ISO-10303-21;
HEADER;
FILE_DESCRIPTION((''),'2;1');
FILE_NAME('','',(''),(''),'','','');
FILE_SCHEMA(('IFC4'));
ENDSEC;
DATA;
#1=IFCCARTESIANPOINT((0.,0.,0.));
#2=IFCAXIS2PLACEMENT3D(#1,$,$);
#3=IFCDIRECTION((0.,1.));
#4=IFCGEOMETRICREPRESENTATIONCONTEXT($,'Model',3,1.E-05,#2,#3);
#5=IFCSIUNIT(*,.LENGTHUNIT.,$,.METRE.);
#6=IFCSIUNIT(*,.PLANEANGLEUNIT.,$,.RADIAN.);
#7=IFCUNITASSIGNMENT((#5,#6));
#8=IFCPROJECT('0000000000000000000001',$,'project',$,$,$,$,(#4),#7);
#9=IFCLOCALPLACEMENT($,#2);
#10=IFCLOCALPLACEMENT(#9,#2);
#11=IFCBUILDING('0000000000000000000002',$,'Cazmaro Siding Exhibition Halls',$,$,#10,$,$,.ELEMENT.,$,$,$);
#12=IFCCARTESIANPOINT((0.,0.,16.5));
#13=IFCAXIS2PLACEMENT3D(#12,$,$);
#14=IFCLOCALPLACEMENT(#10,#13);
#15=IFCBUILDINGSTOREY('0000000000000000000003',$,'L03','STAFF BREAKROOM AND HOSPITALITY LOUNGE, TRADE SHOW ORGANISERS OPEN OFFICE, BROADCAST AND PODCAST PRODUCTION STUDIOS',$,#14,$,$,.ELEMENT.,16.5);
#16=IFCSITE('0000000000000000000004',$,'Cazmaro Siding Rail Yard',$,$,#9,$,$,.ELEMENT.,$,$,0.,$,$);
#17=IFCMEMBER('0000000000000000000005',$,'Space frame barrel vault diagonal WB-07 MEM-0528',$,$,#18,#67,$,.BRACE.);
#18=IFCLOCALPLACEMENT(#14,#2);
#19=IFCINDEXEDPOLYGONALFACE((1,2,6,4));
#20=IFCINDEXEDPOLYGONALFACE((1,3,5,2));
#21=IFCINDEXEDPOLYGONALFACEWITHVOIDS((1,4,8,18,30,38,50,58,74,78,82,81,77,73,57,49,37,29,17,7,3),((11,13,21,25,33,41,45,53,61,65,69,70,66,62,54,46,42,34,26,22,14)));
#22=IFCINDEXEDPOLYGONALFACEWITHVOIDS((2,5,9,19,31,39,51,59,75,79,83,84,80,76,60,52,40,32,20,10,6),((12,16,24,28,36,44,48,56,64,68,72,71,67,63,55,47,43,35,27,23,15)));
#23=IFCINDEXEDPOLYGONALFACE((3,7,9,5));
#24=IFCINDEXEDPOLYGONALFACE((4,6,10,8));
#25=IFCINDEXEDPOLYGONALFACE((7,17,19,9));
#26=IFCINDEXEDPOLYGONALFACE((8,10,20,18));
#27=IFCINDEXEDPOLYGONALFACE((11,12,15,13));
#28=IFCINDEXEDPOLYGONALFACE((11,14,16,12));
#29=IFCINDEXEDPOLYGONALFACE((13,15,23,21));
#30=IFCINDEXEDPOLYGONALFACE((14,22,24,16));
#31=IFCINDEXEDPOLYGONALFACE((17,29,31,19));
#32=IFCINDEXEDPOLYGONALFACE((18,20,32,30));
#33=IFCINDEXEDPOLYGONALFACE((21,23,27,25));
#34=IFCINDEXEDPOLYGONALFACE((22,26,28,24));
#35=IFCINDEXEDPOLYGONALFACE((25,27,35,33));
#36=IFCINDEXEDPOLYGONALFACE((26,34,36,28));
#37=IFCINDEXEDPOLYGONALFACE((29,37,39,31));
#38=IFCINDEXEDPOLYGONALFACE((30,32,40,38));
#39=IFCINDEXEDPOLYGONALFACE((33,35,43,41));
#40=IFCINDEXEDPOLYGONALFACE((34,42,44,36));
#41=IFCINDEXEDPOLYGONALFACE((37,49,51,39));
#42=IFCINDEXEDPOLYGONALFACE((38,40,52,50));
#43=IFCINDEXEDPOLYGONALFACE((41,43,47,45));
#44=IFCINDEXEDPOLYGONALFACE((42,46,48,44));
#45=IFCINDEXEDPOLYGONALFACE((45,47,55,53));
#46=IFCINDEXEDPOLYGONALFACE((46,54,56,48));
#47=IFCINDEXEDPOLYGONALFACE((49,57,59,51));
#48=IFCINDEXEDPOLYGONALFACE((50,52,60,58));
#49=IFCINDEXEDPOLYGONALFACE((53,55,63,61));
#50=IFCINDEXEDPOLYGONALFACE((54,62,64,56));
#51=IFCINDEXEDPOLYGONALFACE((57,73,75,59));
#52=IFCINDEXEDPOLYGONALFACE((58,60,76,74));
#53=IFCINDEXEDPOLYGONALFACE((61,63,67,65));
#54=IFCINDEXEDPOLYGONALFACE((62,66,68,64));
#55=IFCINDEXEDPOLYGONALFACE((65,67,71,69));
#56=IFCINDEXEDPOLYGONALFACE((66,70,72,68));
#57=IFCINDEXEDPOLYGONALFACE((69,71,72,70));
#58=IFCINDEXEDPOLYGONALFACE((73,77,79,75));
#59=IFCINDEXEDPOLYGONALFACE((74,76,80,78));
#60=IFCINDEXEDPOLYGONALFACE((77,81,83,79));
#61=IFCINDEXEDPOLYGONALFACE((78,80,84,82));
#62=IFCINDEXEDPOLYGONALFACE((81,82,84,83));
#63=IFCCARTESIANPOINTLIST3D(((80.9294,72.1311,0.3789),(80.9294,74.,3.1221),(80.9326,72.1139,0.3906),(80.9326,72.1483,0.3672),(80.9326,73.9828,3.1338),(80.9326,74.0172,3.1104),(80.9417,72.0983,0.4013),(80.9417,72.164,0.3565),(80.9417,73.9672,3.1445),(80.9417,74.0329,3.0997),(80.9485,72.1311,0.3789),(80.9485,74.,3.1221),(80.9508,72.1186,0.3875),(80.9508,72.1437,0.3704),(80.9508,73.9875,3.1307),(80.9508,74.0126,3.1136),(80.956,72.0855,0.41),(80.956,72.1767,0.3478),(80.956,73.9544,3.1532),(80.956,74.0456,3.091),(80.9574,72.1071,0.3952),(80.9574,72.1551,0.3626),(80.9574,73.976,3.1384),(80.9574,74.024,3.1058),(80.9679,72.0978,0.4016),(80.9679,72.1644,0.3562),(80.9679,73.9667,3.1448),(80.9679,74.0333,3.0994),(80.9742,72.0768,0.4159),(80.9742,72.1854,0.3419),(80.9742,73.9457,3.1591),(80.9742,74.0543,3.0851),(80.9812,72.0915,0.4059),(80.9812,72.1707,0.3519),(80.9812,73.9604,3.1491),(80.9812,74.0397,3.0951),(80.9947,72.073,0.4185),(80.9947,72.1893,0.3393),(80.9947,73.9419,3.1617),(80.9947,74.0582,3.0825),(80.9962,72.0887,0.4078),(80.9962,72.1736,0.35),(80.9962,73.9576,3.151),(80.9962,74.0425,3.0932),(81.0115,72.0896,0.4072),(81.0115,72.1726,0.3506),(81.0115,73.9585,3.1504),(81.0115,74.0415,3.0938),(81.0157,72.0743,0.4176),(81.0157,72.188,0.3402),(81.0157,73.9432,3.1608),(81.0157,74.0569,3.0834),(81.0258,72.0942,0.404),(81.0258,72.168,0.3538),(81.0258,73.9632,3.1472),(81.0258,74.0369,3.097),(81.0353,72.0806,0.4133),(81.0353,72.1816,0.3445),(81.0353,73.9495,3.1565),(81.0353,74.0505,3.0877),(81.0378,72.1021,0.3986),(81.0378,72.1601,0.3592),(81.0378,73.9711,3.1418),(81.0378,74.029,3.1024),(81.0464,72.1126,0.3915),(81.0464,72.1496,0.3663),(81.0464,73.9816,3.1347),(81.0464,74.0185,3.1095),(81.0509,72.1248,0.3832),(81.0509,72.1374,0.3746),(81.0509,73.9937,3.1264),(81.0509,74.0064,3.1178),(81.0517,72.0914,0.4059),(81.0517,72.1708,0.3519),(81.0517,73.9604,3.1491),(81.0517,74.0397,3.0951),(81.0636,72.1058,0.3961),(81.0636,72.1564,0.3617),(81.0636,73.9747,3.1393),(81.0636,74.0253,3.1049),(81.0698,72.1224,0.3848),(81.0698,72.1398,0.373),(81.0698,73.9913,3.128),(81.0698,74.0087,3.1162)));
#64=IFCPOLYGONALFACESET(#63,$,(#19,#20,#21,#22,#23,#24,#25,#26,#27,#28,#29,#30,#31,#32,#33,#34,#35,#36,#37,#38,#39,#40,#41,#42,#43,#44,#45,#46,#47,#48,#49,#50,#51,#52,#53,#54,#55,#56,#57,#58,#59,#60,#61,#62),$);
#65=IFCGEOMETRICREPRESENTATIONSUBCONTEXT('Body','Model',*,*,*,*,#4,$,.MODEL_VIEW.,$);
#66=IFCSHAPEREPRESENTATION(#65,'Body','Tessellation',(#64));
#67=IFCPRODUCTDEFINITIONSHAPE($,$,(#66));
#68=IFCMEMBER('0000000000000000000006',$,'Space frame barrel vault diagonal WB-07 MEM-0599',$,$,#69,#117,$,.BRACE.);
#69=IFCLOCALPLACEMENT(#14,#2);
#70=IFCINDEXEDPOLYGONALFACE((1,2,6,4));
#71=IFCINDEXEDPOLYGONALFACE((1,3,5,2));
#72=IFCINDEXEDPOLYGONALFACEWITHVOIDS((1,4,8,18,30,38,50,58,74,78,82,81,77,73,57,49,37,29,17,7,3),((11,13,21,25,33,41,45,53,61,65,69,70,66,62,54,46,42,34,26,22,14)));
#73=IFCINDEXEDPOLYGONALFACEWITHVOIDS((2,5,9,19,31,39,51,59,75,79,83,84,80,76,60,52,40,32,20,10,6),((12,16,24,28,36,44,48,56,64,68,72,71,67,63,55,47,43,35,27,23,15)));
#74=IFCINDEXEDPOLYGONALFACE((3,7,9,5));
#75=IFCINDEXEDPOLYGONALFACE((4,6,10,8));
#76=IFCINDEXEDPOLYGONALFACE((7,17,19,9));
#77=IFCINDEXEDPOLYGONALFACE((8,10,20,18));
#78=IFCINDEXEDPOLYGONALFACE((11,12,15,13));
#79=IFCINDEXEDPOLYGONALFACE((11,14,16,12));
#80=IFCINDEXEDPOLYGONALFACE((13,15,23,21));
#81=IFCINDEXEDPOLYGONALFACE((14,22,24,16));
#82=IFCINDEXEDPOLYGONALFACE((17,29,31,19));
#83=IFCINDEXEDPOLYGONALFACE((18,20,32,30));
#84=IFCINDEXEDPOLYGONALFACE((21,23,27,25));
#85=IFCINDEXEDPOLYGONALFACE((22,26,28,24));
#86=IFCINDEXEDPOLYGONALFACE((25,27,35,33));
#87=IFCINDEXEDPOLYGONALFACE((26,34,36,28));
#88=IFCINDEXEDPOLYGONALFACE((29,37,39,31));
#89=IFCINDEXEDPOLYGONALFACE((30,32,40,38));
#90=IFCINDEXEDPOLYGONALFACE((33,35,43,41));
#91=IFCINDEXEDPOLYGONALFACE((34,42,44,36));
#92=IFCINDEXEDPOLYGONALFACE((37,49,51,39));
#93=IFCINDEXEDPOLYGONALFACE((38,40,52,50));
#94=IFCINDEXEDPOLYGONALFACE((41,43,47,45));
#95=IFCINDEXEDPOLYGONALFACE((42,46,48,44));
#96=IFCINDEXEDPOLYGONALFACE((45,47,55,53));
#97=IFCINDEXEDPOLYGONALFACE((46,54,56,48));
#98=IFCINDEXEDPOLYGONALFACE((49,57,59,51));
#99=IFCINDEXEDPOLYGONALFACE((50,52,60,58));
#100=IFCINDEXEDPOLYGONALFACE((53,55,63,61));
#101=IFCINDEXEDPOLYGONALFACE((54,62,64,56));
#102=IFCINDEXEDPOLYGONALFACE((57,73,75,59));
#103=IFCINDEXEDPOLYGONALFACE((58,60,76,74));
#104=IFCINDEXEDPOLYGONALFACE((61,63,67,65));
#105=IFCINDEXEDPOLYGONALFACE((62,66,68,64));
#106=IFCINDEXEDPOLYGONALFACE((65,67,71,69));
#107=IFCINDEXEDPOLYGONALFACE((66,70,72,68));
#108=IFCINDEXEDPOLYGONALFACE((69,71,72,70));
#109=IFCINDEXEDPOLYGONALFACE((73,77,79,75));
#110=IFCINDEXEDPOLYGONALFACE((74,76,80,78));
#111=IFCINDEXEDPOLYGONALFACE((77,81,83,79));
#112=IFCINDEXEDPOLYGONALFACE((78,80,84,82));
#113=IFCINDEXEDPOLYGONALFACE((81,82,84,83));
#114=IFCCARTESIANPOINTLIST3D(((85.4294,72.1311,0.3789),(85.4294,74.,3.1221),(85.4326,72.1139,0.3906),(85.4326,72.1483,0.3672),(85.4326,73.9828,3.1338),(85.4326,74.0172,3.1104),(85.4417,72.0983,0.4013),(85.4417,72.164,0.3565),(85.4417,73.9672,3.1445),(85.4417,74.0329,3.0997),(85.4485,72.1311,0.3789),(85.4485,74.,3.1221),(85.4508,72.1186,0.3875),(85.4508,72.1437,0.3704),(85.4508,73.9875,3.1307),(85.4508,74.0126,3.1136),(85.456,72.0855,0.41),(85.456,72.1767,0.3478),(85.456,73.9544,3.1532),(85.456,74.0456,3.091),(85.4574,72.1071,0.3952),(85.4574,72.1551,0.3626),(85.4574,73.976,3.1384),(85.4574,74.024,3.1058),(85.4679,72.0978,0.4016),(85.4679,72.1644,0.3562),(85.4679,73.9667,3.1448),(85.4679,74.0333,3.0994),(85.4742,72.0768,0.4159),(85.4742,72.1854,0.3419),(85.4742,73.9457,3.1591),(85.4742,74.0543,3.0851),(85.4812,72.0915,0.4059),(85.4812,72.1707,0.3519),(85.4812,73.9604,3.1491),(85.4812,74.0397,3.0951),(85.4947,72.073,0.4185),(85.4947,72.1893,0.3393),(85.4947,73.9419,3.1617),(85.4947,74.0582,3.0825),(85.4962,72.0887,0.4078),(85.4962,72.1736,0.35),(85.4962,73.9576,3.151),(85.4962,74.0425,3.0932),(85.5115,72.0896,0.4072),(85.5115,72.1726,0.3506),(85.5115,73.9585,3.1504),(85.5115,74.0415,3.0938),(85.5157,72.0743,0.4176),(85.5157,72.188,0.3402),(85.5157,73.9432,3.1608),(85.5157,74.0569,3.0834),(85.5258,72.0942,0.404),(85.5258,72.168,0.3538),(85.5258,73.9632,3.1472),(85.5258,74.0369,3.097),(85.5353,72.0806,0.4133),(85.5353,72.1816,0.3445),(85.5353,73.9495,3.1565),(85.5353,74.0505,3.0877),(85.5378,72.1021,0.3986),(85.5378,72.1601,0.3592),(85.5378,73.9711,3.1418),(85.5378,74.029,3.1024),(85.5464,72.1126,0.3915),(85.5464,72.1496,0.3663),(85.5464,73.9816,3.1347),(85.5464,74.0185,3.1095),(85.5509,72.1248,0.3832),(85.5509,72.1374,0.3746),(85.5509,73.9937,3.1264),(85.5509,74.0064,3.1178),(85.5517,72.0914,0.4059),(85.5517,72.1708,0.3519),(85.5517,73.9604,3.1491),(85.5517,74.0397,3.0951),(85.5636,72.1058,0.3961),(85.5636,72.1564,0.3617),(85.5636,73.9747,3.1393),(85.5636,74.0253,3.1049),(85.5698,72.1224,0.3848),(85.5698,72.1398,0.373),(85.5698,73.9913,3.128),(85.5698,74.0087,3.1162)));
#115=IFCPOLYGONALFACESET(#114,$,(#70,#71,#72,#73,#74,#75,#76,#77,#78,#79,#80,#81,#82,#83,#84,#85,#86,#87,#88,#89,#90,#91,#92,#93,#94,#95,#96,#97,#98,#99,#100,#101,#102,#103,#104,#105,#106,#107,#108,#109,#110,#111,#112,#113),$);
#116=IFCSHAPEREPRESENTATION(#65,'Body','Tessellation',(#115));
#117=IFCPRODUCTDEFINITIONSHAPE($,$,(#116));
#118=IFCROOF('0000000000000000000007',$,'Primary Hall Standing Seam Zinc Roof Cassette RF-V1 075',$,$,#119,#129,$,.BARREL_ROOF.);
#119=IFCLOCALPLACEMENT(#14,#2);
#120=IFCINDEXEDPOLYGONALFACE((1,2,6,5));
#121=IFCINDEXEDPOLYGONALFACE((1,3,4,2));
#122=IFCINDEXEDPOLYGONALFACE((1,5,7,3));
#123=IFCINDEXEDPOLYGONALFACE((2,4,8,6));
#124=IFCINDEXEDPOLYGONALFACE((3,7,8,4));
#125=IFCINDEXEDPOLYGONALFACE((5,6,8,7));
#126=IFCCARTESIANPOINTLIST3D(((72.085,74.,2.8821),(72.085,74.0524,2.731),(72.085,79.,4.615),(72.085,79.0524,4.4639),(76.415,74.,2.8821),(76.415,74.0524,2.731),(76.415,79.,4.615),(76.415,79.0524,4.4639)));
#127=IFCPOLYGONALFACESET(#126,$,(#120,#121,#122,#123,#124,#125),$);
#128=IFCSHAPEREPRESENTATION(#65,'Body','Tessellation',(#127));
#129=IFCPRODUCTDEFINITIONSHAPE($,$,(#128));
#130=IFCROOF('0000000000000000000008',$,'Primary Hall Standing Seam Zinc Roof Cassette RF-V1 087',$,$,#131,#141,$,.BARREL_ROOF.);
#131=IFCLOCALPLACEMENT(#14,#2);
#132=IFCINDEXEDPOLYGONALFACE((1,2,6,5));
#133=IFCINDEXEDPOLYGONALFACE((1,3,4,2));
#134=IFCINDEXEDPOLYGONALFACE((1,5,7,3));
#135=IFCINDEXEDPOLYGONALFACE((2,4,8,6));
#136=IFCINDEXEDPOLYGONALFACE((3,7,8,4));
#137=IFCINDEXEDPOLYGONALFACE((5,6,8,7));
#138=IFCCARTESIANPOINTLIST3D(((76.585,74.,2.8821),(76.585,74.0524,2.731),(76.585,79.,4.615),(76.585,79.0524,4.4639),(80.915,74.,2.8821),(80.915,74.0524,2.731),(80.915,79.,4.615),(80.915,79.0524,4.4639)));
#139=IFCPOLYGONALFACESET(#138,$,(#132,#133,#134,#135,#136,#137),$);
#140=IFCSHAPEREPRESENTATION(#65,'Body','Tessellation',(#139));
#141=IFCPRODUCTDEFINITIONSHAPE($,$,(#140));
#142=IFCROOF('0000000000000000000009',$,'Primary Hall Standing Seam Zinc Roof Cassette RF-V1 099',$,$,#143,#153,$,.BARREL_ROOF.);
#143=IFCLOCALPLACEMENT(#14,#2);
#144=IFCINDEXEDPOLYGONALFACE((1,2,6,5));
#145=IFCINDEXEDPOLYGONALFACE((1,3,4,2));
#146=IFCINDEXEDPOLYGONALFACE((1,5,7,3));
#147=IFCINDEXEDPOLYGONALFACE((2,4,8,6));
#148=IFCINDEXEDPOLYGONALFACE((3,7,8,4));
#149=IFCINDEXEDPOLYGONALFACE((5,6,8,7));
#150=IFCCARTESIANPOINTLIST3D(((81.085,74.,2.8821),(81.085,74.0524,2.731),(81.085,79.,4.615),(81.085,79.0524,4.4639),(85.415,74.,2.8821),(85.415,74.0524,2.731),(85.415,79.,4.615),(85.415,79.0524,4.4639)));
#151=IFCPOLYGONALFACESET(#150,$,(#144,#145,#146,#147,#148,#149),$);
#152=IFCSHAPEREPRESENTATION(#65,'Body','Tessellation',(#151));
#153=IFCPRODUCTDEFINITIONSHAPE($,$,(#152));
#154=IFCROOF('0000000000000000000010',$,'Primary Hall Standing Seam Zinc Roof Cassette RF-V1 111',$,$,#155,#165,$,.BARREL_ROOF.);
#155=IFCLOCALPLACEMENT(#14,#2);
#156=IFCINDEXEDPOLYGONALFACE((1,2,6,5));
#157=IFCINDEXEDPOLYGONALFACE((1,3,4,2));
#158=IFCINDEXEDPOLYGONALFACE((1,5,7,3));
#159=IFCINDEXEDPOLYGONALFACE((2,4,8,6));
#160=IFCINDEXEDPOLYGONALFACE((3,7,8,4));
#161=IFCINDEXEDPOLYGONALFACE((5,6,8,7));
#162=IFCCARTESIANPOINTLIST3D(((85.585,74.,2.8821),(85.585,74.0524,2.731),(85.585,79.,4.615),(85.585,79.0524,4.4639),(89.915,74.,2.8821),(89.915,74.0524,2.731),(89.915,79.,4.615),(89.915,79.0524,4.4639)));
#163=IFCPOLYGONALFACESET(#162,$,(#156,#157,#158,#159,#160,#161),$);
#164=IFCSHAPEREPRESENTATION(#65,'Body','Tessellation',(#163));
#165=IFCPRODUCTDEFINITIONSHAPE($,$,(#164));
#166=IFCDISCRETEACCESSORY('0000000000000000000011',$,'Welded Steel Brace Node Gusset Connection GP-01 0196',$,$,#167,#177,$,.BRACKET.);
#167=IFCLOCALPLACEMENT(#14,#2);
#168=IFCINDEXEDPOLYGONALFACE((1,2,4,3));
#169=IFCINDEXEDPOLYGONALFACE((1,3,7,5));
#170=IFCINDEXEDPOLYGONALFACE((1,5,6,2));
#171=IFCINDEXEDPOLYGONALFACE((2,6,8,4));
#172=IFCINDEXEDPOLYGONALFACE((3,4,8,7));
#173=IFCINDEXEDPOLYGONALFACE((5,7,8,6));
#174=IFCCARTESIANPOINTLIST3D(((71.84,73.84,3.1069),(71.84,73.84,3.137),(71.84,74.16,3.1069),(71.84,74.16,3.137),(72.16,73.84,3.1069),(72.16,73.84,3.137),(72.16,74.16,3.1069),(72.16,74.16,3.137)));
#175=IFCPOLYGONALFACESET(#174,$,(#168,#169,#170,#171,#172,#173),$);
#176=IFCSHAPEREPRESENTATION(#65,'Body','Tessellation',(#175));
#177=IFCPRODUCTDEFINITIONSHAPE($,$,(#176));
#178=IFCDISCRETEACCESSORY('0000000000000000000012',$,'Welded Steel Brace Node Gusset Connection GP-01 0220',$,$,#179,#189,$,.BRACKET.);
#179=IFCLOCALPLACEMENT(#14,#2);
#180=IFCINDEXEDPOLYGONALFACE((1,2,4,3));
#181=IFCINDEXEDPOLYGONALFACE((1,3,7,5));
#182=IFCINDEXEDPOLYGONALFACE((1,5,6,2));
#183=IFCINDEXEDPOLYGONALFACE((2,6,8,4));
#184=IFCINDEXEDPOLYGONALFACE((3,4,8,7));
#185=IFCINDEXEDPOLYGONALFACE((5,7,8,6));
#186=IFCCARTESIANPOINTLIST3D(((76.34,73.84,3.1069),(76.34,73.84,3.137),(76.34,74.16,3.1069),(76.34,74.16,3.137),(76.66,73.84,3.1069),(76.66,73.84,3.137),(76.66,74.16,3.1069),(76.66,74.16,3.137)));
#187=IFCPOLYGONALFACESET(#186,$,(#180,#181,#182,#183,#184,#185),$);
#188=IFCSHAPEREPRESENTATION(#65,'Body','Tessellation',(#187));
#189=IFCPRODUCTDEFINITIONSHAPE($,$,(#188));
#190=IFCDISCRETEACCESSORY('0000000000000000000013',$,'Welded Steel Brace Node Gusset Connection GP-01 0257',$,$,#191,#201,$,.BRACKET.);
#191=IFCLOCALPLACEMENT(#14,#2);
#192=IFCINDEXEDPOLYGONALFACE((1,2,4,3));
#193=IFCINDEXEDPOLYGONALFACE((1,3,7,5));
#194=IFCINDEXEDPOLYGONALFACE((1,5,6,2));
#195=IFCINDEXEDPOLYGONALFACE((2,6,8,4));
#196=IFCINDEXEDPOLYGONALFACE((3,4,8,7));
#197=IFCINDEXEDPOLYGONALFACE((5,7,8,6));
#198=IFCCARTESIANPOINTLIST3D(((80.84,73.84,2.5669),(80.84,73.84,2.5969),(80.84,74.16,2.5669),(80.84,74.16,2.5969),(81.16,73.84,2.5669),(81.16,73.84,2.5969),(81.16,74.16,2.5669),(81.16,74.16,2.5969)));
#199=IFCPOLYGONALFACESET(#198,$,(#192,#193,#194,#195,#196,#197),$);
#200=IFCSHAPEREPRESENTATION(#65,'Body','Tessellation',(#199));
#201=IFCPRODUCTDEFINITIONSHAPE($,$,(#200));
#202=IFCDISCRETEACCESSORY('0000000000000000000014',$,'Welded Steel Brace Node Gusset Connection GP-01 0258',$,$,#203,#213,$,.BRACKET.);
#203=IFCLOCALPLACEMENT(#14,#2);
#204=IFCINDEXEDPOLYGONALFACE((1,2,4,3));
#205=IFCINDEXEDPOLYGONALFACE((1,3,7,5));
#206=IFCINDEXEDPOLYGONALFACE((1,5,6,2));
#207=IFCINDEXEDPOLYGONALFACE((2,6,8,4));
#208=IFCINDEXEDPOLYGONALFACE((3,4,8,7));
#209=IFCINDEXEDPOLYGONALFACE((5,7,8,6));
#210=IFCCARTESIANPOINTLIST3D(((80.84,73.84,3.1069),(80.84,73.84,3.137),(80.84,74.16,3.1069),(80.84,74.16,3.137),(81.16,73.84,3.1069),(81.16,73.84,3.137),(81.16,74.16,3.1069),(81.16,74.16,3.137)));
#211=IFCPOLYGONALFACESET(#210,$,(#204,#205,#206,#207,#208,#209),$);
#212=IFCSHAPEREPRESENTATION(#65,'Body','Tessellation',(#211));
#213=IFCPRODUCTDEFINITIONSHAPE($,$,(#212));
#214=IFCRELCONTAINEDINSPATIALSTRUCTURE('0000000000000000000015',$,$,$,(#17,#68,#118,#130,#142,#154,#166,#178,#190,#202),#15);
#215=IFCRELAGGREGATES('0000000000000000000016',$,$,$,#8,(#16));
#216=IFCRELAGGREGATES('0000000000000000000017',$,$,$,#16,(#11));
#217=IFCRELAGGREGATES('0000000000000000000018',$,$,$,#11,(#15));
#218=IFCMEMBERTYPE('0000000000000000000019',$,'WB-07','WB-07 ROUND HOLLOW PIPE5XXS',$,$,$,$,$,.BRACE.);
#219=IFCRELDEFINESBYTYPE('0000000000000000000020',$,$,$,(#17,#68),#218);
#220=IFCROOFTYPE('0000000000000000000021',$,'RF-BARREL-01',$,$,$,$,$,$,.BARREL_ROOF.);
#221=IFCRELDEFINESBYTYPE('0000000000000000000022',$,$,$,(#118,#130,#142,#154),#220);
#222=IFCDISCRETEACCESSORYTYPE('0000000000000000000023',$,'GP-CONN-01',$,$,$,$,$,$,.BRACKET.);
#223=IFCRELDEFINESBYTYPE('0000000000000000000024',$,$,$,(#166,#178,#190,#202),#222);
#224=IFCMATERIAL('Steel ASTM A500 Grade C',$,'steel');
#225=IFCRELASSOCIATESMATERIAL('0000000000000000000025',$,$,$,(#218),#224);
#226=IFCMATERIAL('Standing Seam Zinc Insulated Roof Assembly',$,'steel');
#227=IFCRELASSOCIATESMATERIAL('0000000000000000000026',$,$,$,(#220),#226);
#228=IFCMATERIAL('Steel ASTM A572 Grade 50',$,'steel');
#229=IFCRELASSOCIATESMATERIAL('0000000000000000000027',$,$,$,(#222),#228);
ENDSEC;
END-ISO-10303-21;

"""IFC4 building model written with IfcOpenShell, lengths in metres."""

from ifc_helpers import new_model, si_unit, direction, frame, origin, origin_2d, place, context, subcontext, project, spatial, polyline, rectangle, hollow_circle, outline, extrude, material, material_profile, profile_set, type_object, element, save


model = new_model("IFC4")

# Units and contexts
model_context = context("Model", 3, precision=1e-05, world=origin(), true_north=direction((0.0, 1.0)))
body_context = subcontext(model_context, "Body", "Model", "MODEL_VIEW")
ifc_project = project(units=[si_unit("LENGTHUNIT", "METRE"), si_unit("PLANEANGLEUNIT", "RADIAN")], contexts=[model_context])

# Site, building, storey
site_placement = place(None, origin())
site = spatial("IfcSite", under=ifc_project, at=site_placement, Name="Cazmaro Siding Rail Yard", CompositionType="ELEMENT", RefElevation=0.0)
building_placement = place(site_placement, origin())
building = spatial("IfcBuilding", under=site, at=building_placement, Name="Cazmaro Siding Exhibition Halls", CompositionType="ELEMENT")
storey_placement = place(building_placement, frame((0.0, 0.0, 16.5)))
storey = spatial("IfcBuildingStorey", under=building, at=storey_placement, Name="L03", Description="STAFF BREAKROOM AND HOSPITALITY LOUNGE, TRADE SHOW ORGANISERS OPEN OFFICE, BROADCAST AND PODCAST PRODUCTION STUDIOS", CompositionType="ELEMENT", Elevation=16.5)

# Members
ifc_material_1 = material(Name="Steel ASTM A500 Grade C", Category="steel")
ifc_material_profile_1 = material_profile(ifc_material_1, hollow_circle(Radius=0.0706, WallThickness=0.019, at=origin_2d()), Name="PIPE5XXS")
ifc_profile_set_1 = profile_set([ifc_material_profile_1], Name="Steel ASTM A500 Grade C")
member_type_1 = type_object("IfcMemberType", Name="WB-07", Description="WB-07 ROUND HOLLOW PIPE5XXS", PredefinedType="BRACE", material=ifc_profile_set_1)
for number, where, z_axis, x_axis, name in (
    (1, (81.0, 72.1311, 0.3789), (0.0, 0.56304, 0.82643), (-1.0, 0.0, 0.0), "Space frame barrel vault diagonal WB-07 MEM-0528"),
    (2, (85.5, 72.1311, 0.3789), (0.0, 0.56304, 0.82643), (-1.0, 0.0, 0.0), "Space frame barrel vault diagonal WB-07 MEM-0599"),
):
    element("IfcMember", number, at=place(storey_placement, frame(where, z_axis=z_axis, x_axis=x_axis)), inside=storey, type_object=member_type_1, Name=name, PredefinedType="BRACE", context=body_context, shape_type="SweptSolid", body=[
        extrude(hollow_circle(Radius=0.0706, WallThickness=0.019, at=origin_2d()), origin(), (0.0, 0.0, 1.0), 3.3193),
    ])

# Roofs
ifc_material_2 = material(Name="Standing Seam Zinc Insulated Roof Assembly", Category="steel")
roof_type = type_object("IfcRoofType", Name="RF-BARREL-01", PredefinedType="BARREL_ROOF", material=ifc_material_2)
for number, where, z_axis, x_axis, name in (
    (3, (72.085, 74.0, 2.8821), (0.0, -0.327472, 0.944861), (1.0, 0.0, 0.0), "Primary Hall Standing Seam Zinc Roof Cassette RF-V1 075"),
    (4, (76.585, 74.0, 2.8821), (0.0, -0.327472, 0.944861), (1.0, 0.0, 0.0), "Primary Hall Standing Seam Zinc Roof Cassette RF-V1 087"),
    (5, (81.085, 74.0, 2.8821), (0.0, -0.327472, 0.944861), (1.0, 0.0, 0.0), "Primary Hall Standing Seam Zinc Roof Cassette RF-V1 099"),
    (6, (85.585, 74.0, 2.8821), (0.0, -0.327472, 0.944861), (1.0, 0.0, 0.0), "Primary Hall Standing Seam Zinc Roof Cassette RF-V1 111"),
):
    element("IfcRoof", number, at=place(storey_placement, frame(where, z_axis=z_axis, x_axis=x_axis)), inside=storey, type_object=roof_type, Name=name, PredefinedType="BARREL_ROOF", context=body_context, shape_type="SweptSolid", body=[
        extrude(outline(polyline([(0.0, 0.0), (4.3301, 0.0), (4.3301, 5.2918), (0.0, 5.2918), (0.0, 0.0)])), origin(), (0.0, 0.0, -1.0), 0.1599),
    ])

# Discrete accessories
ifc_material_3 = material(Name="Steel ASTM A572 Grade 50", Category="steel")
discrete_accessory_type = type_object("IfcDiscreteAccessoryType", Name="GP-CONN-01", PredefinedType="BRACKET", material=ifc_material_3)
for number, where, z_axis, x_axis, name in (
    (7, (72.0, 74.0, 3.1069), (0.0, 0.0, 1.0), (1.0, 0.0, 0.0), "Welded Steel Brace Node Gusset Connection GP-01 0196"),
    (8, (76.5, 74.0, 3.1069), (0.0, 0.0, 1.0), (1.0, 0.0, 0.0), "Welded Steel Brace Node Gusset Connection GP-01 0220"),
    (9, (81.0, 74.0, 2.5669), (0.0, 0.0, 1.0), (1.0, 0.0, 0.0), "Welded Steel Brace Node Gusset Connection GP-01 0257"),
    (10, (81.0, 74.0, 3.1069), (0.0, 0.0, 1.0), (1.0, 0.0, 0.0), "Welded Steel Brace Node Gusset Connection GP-01 0258"),
):
    element("IfcDiscreteAccessory", number, at=place(storey_placement, frame(where, z_axis=z_axis, x_axis=x_axis)), inside=storey, type_object=discrete_accessory_type, Name=name, PredefinedType="BRACKET", context=body_context, shape_type="SweptSolid", body=[
        extrude(rectangle(XDim=0.3201, YDim=0.3201, at=origin_2d()), origin(), (0.0, 0.0, 1.0), 0.03),
    ])

save(model, "model.ifc")
